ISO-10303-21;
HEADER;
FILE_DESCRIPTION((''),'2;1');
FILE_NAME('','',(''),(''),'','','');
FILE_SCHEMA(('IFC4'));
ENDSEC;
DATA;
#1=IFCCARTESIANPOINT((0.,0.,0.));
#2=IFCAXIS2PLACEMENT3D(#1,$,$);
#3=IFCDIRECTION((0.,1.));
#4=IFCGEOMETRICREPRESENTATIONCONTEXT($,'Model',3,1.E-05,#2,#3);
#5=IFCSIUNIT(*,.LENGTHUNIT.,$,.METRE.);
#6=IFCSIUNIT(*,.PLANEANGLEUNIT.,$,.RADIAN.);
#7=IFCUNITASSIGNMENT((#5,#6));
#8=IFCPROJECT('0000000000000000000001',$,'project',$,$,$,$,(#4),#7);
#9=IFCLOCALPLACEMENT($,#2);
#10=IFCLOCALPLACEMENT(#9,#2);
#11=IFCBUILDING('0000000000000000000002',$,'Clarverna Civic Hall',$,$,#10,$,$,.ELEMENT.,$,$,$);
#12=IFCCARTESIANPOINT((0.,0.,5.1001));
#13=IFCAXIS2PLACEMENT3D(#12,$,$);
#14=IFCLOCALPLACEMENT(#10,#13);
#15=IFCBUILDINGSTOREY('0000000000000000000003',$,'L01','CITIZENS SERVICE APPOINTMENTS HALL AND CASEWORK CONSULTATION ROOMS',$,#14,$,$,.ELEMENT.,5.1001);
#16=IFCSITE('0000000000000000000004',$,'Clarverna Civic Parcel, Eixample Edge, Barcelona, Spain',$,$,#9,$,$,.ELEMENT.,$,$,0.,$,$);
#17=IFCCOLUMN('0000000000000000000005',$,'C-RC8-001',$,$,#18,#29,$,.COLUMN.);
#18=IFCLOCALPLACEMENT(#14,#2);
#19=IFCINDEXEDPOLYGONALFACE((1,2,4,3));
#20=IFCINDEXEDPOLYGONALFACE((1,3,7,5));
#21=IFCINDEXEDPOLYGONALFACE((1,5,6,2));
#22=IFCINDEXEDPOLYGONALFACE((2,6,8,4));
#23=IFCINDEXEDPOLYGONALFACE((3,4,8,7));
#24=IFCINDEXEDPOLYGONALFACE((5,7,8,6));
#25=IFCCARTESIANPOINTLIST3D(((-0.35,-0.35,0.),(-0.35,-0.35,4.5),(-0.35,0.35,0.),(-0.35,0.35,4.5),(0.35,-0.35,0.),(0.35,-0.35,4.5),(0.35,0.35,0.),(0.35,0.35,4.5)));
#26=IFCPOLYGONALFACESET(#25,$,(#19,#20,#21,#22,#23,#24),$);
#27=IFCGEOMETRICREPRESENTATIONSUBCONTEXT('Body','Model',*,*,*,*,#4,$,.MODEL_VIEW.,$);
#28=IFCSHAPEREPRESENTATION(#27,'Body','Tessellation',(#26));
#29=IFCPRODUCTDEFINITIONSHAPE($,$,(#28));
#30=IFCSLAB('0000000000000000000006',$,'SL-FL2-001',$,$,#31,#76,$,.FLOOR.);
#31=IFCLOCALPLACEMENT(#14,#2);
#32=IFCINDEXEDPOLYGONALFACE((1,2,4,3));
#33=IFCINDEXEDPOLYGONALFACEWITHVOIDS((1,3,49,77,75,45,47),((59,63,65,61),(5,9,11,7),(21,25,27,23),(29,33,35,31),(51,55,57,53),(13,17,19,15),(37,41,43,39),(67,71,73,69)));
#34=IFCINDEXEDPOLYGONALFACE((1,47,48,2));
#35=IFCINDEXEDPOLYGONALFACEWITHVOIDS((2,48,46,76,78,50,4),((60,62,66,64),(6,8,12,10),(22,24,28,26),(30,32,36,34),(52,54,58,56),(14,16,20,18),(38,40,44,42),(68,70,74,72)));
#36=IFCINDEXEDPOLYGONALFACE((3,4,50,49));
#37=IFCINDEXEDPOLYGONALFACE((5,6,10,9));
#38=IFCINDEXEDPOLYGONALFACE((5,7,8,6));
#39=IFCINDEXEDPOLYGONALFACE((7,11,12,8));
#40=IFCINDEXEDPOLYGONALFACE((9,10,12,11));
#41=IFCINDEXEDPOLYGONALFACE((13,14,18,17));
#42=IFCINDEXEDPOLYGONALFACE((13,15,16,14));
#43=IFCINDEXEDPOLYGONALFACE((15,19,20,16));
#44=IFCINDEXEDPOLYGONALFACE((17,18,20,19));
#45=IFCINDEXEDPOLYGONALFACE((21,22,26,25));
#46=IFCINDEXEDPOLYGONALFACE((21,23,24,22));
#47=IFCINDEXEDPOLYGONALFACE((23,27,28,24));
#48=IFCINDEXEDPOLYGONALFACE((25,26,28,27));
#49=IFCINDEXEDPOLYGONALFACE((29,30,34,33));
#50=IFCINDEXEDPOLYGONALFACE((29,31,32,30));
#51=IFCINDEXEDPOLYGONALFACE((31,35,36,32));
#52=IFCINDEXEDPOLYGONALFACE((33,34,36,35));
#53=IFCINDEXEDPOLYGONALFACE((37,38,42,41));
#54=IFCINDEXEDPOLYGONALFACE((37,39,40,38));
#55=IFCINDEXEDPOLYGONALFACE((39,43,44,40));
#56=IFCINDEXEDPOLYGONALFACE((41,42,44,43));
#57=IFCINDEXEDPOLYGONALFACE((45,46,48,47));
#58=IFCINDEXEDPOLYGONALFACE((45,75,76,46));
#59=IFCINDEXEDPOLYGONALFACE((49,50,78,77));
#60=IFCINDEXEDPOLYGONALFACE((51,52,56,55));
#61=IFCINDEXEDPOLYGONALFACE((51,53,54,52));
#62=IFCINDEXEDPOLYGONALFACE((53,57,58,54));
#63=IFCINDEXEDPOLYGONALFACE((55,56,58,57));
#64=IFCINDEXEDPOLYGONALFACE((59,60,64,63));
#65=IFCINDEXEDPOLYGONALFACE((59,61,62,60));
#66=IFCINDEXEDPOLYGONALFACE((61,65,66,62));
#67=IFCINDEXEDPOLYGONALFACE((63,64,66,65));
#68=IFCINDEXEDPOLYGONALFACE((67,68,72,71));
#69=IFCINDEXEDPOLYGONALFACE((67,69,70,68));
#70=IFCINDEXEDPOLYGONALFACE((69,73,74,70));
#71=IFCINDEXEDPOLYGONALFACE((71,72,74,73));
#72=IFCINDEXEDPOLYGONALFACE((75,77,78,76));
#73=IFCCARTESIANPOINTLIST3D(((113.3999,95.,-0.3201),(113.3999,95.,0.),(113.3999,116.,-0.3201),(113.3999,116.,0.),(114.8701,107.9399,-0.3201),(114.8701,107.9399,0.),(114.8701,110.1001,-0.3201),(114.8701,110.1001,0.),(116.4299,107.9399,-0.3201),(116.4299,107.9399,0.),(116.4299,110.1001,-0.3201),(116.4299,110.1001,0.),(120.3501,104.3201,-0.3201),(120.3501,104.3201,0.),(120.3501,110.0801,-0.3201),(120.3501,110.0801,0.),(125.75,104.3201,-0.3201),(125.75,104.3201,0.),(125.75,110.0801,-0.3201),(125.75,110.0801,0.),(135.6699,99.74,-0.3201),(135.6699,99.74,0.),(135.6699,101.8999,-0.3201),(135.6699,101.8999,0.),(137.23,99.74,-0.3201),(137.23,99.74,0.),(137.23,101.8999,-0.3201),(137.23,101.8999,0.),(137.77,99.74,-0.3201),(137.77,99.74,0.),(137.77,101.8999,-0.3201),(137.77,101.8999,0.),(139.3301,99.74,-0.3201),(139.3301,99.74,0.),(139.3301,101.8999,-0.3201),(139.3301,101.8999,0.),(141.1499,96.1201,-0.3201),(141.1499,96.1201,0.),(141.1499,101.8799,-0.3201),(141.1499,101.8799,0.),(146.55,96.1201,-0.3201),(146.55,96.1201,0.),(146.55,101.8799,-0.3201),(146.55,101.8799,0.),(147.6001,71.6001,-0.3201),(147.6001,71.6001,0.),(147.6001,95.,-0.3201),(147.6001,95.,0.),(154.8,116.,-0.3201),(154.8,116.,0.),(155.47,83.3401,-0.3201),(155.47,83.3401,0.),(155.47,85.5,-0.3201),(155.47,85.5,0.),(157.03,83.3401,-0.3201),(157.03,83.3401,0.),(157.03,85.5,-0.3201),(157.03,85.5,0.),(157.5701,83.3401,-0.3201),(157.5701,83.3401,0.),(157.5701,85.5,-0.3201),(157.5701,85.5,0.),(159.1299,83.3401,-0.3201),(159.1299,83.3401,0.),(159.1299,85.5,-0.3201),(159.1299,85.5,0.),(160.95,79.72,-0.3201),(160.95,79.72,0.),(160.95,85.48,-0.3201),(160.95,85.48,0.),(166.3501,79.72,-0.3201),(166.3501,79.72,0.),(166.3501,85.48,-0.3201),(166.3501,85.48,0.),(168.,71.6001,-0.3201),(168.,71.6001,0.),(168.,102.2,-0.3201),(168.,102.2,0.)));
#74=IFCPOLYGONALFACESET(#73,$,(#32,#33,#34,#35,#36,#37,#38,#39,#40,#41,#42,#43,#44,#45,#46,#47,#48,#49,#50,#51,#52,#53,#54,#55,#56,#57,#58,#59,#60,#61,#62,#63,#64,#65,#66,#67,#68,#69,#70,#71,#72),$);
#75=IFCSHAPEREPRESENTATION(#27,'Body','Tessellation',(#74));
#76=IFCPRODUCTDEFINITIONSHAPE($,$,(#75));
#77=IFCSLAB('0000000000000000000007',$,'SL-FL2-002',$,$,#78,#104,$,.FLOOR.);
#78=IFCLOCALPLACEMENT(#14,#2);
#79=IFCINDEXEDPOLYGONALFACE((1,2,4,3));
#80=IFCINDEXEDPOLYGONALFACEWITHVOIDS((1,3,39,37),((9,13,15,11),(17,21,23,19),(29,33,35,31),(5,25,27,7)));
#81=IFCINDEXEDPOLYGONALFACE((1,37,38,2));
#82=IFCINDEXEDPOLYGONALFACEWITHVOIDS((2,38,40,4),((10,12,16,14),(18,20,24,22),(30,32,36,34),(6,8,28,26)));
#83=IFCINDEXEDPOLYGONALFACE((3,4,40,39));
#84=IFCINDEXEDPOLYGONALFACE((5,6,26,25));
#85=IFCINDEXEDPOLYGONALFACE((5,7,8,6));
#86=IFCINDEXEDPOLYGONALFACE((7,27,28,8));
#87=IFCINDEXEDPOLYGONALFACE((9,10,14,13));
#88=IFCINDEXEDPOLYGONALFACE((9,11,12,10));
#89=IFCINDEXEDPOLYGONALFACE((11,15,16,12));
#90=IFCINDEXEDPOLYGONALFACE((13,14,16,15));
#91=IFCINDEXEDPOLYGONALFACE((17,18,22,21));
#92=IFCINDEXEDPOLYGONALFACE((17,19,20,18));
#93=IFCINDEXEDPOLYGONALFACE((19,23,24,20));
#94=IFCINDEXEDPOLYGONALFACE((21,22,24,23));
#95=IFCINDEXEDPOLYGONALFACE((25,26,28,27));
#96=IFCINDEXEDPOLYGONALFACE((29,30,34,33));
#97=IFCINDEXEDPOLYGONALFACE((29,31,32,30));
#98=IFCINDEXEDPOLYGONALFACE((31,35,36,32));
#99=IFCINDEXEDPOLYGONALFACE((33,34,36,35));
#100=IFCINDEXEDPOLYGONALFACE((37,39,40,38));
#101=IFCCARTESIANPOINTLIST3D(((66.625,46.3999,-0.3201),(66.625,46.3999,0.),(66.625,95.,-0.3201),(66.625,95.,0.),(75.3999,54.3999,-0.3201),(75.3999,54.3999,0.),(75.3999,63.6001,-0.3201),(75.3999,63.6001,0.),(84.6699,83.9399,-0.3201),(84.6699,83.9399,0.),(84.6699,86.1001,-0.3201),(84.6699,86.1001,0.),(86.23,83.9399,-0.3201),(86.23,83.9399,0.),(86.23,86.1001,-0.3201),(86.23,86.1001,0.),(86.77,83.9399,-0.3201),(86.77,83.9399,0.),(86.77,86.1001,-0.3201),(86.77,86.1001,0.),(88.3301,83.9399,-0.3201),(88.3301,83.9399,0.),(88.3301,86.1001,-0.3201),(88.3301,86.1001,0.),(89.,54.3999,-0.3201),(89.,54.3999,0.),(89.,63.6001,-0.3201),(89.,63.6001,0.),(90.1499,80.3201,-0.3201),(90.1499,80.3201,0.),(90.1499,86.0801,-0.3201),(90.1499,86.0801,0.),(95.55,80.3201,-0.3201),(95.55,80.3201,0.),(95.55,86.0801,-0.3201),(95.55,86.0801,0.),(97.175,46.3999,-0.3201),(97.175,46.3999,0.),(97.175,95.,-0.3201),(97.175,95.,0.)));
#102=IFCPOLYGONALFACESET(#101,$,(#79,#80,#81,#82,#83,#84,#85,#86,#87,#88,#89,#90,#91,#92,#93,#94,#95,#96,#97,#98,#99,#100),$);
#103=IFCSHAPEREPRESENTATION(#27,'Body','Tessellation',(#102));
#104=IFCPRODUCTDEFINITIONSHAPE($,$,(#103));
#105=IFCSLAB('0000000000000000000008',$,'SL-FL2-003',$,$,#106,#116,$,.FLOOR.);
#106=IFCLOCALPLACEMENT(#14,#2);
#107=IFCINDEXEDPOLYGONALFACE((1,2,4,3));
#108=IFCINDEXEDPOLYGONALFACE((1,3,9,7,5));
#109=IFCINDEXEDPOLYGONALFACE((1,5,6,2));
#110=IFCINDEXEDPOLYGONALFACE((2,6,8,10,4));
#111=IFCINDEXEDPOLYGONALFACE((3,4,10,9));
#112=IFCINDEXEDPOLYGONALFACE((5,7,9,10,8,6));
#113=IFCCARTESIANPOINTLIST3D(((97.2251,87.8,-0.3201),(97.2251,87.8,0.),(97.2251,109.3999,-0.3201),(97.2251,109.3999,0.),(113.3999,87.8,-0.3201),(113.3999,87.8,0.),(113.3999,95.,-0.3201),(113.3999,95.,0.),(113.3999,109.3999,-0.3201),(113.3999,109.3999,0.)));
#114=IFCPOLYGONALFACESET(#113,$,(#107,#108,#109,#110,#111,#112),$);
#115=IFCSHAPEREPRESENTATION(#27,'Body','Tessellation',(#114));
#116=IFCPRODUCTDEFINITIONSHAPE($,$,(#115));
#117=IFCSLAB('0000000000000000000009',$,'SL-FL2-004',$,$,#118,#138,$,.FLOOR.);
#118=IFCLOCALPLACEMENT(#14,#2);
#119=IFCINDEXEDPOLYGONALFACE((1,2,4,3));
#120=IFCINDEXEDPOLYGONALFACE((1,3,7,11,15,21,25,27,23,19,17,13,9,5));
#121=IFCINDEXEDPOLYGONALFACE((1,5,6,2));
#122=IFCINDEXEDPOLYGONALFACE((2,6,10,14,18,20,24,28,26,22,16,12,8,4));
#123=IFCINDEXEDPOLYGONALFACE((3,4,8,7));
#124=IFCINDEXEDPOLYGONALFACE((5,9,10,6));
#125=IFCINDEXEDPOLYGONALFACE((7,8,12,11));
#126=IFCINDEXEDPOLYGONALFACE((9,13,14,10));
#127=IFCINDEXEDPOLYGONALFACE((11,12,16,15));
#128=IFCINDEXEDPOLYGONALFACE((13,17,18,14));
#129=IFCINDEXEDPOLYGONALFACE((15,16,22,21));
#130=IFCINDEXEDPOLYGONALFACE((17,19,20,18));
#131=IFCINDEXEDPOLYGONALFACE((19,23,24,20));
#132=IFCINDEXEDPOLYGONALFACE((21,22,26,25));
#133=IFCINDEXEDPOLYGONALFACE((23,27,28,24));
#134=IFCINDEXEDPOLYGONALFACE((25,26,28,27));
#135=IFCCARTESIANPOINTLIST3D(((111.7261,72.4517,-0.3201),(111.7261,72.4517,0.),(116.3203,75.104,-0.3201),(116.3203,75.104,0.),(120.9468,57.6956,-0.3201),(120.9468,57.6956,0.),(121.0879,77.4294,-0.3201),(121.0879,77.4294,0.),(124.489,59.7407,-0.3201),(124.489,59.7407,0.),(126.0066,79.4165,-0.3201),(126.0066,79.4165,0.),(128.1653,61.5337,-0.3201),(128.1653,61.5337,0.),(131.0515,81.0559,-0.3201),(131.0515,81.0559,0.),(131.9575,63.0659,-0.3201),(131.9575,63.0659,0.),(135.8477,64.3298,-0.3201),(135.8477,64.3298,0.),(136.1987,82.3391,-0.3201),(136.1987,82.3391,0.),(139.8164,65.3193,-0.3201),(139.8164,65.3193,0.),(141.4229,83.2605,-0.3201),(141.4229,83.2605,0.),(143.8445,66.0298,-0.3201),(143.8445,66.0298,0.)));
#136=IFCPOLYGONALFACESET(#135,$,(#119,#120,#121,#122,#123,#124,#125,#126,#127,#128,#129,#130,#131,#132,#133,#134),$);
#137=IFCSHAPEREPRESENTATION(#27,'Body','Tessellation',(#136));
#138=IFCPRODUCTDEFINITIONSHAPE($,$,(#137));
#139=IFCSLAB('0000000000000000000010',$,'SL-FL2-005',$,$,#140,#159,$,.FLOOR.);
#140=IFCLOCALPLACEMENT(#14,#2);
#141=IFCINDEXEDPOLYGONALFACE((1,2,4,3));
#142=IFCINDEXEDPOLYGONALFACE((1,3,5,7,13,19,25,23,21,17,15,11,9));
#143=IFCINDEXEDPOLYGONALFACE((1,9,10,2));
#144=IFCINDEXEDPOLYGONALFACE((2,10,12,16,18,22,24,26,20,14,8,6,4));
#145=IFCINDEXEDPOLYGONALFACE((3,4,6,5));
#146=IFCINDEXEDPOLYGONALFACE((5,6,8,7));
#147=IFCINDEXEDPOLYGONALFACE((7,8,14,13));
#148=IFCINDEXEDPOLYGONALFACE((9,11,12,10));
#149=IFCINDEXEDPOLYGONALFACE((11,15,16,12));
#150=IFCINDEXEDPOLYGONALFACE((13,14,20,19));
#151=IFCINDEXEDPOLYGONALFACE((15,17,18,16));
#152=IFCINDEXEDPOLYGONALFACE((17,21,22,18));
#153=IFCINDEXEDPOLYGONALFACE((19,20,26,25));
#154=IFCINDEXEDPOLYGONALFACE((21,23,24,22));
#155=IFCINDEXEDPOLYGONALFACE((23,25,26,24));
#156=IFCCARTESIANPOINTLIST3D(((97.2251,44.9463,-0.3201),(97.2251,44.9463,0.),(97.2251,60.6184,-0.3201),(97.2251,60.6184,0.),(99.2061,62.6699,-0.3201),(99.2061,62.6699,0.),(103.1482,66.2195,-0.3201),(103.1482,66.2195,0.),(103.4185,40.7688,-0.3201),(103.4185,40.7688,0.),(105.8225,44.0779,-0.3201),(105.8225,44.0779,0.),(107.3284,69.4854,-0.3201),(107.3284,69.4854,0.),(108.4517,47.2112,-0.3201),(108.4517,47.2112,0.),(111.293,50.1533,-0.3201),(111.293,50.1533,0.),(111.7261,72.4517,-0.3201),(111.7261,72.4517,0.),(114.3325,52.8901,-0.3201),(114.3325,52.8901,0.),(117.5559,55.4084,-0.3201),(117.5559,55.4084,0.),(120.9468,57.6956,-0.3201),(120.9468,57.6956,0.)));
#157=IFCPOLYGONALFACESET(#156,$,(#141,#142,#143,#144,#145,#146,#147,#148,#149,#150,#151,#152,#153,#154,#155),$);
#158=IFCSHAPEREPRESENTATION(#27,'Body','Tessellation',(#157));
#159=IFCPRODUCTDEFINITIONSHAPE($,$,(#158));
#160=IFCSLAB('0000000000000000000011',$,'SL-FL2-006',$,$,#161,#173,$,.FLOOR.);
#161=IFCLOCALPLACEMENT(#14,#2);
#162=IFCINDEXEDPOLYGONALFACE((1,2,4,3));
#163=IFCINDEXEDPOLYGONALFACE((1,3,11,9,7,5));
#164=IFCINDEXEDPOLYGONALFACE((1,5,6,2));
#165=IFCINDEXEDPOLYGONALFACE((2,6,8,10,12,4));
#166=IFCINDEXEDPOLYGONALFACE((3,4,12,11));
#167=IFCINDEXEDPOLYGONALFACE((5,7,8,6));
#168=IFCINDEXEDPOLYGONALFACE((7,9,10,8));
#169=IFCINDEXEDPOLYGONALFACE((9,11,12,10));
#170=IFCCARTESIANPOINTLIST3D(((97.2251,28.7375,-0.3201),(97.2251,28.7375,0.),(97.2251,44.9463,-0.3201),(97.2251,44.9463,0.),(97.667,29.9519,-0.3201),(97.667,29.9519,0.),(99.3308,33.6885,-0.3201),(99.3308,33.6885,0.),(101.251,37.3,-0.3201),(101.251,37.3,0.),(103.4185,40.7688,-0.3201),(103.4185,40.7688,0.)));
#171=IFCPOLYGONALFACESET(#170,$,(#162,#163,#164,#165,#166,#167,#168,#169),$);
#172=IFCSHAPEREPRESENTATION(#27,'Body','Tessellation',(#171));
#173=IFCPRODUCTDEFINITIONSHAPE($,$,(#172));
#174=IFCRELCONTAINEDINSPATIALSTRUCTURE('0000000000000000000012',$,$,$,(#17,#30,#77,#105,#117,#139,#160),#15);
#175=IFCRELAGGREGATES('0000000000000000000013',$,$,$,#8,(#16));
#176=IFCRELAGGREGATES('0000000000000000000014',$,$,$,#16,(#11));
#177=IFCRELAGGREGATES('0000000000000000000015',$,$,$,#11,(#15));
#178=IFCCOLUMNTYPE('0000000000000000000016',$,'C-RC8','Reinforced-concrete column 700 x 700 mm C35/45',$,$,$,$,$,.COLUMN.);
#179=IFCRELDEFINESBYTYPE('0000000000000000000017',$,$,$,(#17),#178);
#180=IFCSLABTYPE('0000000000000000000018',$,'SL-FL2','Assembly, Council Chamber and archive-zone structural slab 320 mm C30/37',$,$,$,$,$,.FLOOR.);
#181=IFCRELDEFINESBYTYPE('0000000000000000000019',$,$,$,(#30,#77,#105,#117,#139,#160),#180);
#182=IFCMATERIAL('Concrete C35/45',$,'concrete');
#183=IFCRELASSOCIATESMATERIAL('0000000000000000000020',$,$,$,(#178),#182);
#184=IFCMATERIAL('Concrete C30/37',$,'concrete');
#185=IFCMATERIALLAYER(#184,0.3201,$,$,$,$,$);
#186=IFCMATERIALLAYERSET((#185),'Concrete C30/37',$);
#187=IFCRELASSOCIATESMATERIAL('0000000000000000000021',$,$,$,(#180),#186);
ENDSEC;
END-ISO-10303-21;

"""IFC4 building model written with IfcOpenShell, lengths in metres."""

from ifc_helpers import new_model, si_unit, direction, frame, origin, origin_with_axes, origin_2d, place, context, subcontext, project, spatial, polyline, rectangle, outline, extrude, material, layer, layer_set, material_profile, profile_set, type_object, element, save


model = new_model("IFC4")

# Units and contexts
model_context = context("Model", 3, precision=1e-05, world=origin(), true_north=direction((0.0, 1.0)))
body_context = subcontext(model_context, "Body", "Model", "MODEL_VIEW")
ifc_project = project(units=[si_unit("LENGTHUNIT", "METRE"), si_unit("PLANEANGLEUNIT", "RADIAN")], contexts=[model_context])

# Site, building, storey
site_placement = place(None, origin())
site = spatial("IfcSite", under=ifc_project, at=site_placement, Name="Clarverna Civic Parcel, Eixample Edge, Barcelona, Spain", CompositionType="ELEMENT", RefElevation=0.0)
building_placement = place(site_placement, origin())
building = spatial("IfcBuilding", under=site, at=building_placement, Name="Clarverna Civic Hall", CompositionType="ELEMENT")
storey_placement = place(building_placement, frame((0.0, 0.0, 5.1001)))
storey = spatial("IfcBuildingStorey", under=building, at=storey_placement, Name="L01", Description="CITIZENS SERVICE APPOINTMENTS HALL AND CASEWORK CONSULTATION ROOMS", CompositionType="ELEMENT", Elevation=5.1001)

# Column
ifc_material_1 = material(Name="Concrete C35/45", Category="concrete")
ifc_material_profile = material_profile(ifc_material_1, rectangle(XDim=0.7, YDim=0.7, at=origin_2d()), Name="RC 700x700")
ifc_profile_set = profile_set([ifc_material_profile], Name="Concrete C35/45")
column_type = type_object("IfcColumnType", Name="C-RC8", Description="Reinforced-concrete column 700 x 700 mm C35/45", PredefinedType="COLUMN", material=ifc_profile_set)
column_placement = place(storey_placement, origin_with_axes())
element("IfcColumn", 1, at=column_placement, inside=storey, type_object=column_type, Name="C-RC8-001", PredefinedType="COLUMN", context=body_context, shape_type="SweptSolid", body=[
    extrude(rectangle(XDim=0.7, YDim=0.7, at=origin_2d()), origin(), (0.0, 0.0, 1.0), 4.5),
])

# Slabs
ifc_material_2 = material(Name="Concrete C30/37", Category="concrete")
ifc_layer_1 = layer(ifc_material_2, 0.3201)
ifc_layer_set_1 = layer_set([ifc_layer_1], Name="Concrete C30/37")
slab_type_1 = type_object("IfcSlabType", Name="SL-FL2", Description="Assembly, Council Chamber and archive-zone structural slab 320 mm C30/37", PredefinedType="FLOOR", material=ifc_layer_set_1)
slab_1_placement = place(storey_placement, frame((0.0, 0.0, -0.3201)))
element("IfcSlab", 2, at=slab_1_placement, inside=storey, type_object=slab_type_1, Name="SL-FL2-001", PredefinedType="FLOOR", context=body_context, shape_type="SweptSolid", body=[
    extrude(outline(polyline([(113.3999, 95.0), (147.6001, 95.0), (147.6001, 71.6001), (168.0, 71.6001), (168.0, 102.2), (154.8, 116.0), (113.3999, 116.0), (113.3999, 95.0)]), holes=[polyline([(141.1499, 96.1201), (146.55, 96.1201), (146.55, 101.8799), (141.1499, 101.8799), (141.1499, 96.1201)]), polyline([(135.6699, 99.74), (137.23, 99.74), (137.23, 101.8999), (135.6699, 101.8999), (135.6699, 99.74)]), polyline([(137.77, 99.74), (139.3301, 99.74), (139.3301, 101.8999), (137.77, 101.8999), (137.77, 99.74)]), polyline([(160.95, 79.72), (166.3501, 79.72), (166.3501, 85.48), (160.95, 85.48), (160.95, 79.72)]), polyline([(155.47, 83.3401), (157.03, 83.3401), (157.03, 85.5), (155.47, 85.5), (155.47, 83.3401)]), polyline([(157.5701, 83.3401), (159.1299, 83.3401), (159.1299, 85.5), (157.5701, 85.5), (157.5701, 83.3401)]), polyline([(120.3501, 104.3201), (125.75, 104.3201), (125.75, 110.0801), (120.3501, 110.0801), (120.3501, 104.3201)]), polyline([(114.8701, 107.9399), (116.4299, 107.9399), (116.4299, 110.1001), (114.8701, 110.1001), (114.8701, 107.9399)])]), origin(), (0.0, 0.0, 1.0), 0.3201),
])
slab_2_placement = place(storey_placement, frame((0.0, 0.0, -0.3201)))
element("IfcSlab", 3, at=slab_2_placement, inside=storey, type_object=slab_type_1, Name="SL-FL2-002", PredefinedType="FLOOR", context=body_context, shape_type="SweptSolid", body=[
    extrude(outline(polyline([(97.175, 95.0), (66.625, 95.0), (66.625, 46.3999), (97.175, 46.3999), (97.175, 95.0)]), holes=[polyline([(75.3999, 54.3999), (89.0, 54.3999), (89.0, 63.6001), (75.3999, 63.6001), (75.3999, 54.3999)]), polyline([(90.1499, 80.3201), (95.55, 80.3201), (95.55, 86.0801), (90.1499, 86.0801), (90.1499, 80.3201)]), polyline([(84.6699, 83.9399), (86.23, 83.9399), (86.23, 86.1001), (84.6699, 86.1001), (84.6699, 83.9399)]), polyline([(86.77, 83.9399), (88.3301, 83.9399), (88.3301, 86.1001), (86.77, 86.1001), (86.77, 83.9399)])]), origin(), (0.0, 0.0, 1.0), 0.3201),
])
slab_3_placement = place(storey_placement, frame((0.0, 0.0, -0.3201)))
element("IfcSlab", 4, at=slab_3_placement, inside=storey, type_object=slab_type_1, Name="SL-FL2-003", PredefinedType="FLOOR", context=body_context, shape_type="SweptSolid", body=[
    extrude(outline(polyline([(113.3999, 109.3999), (97.2251, 109.3999), (97.2251, 87.8), (113.3999, 87.8), (113.3999, 95.0), (113.3999, 109.3999)])), origin(), (0.0, 0.0, 1.0), 0.3201),
])
slab_4_placement = place(storey_placement, frame((0.0, 0.0, -0.3201)))
element("IfcSlab", 5, at=slab_4_placement, inside=storey, type_object=slab_type_1, Name="SL-FL2-004", PredefinedType="FLOOR", context=body_context, shape_type="SweptSolid", body=[
    extrude(outline(polyline([(135.8477, 64.3298), (139.8164, 65.3193), (143.8445, 66.0298), (141.4229, 83.2605), (136.1987, 82.3391), (131.0515, 81.0559), (126.0066, 79.4165), (121.0879, 77.4294), (116.3203, 75.104), (111.7261, 72.4517), (120.9468, 57.6956), (124.489, 59.7407), (128.1653, 61.5337), (131.9575, 63.0659), (135.8477, 64.3298)])), origin(), (0.0, 0.0, 1.0), 0.3201),
])
slab_5_placement = place(storey_placement, frame((0.0, 0.0, -0.3201)))
element("IfcSlab", 6, at=slab_5_placement, inside=storey, type_object=slab_type_1, Name="SL-FL2-005", PredefinedType="FLOOR", context=body_context, shape_type="SweptSolid", body=[
    extrude(outline(polyline([(114.3325, 52.8901), (117.5559, 55.4084), (120.9468, 57.6956), (111.7261, 72.4517), (107.3284, 69.4854), (103.1482, 66.2195), (99.2061, 62.6699), (97.2251, 60.6184), (97.2251, 44.9463), (103.4185, 40.7688), (105.8225, 44.0779), (108.4517, 47.2112), (111.293, 50.1533), (114.3325, 52.8901)])), origin(), (0.0, 0.0, 1.0), 0.3201),
])
slab_6_placement = place(storey_placement, frame((0.0, 0.0, -0.3201)))
element("IfcSlab", 7, at=slab_6_placement, inside=storey, type_object=slab_type_1, Name="SL-FL2-006", PredefinedType="FLOOR", context=body_context, shape_type="SweptSolid", body=[
    extrude(outline(polyline([(99.3308, 33.6885), (101.251, 37.3), (103.4185, 40.7688), (97.2251, 44.9463), (97.2251, 28.7375), (97.667, 29.9519), (99.3308, 33.6885)])), origin(), (0.0, 0.0, 1.0), 0.3201),
])

save(model, "model.ifc")
